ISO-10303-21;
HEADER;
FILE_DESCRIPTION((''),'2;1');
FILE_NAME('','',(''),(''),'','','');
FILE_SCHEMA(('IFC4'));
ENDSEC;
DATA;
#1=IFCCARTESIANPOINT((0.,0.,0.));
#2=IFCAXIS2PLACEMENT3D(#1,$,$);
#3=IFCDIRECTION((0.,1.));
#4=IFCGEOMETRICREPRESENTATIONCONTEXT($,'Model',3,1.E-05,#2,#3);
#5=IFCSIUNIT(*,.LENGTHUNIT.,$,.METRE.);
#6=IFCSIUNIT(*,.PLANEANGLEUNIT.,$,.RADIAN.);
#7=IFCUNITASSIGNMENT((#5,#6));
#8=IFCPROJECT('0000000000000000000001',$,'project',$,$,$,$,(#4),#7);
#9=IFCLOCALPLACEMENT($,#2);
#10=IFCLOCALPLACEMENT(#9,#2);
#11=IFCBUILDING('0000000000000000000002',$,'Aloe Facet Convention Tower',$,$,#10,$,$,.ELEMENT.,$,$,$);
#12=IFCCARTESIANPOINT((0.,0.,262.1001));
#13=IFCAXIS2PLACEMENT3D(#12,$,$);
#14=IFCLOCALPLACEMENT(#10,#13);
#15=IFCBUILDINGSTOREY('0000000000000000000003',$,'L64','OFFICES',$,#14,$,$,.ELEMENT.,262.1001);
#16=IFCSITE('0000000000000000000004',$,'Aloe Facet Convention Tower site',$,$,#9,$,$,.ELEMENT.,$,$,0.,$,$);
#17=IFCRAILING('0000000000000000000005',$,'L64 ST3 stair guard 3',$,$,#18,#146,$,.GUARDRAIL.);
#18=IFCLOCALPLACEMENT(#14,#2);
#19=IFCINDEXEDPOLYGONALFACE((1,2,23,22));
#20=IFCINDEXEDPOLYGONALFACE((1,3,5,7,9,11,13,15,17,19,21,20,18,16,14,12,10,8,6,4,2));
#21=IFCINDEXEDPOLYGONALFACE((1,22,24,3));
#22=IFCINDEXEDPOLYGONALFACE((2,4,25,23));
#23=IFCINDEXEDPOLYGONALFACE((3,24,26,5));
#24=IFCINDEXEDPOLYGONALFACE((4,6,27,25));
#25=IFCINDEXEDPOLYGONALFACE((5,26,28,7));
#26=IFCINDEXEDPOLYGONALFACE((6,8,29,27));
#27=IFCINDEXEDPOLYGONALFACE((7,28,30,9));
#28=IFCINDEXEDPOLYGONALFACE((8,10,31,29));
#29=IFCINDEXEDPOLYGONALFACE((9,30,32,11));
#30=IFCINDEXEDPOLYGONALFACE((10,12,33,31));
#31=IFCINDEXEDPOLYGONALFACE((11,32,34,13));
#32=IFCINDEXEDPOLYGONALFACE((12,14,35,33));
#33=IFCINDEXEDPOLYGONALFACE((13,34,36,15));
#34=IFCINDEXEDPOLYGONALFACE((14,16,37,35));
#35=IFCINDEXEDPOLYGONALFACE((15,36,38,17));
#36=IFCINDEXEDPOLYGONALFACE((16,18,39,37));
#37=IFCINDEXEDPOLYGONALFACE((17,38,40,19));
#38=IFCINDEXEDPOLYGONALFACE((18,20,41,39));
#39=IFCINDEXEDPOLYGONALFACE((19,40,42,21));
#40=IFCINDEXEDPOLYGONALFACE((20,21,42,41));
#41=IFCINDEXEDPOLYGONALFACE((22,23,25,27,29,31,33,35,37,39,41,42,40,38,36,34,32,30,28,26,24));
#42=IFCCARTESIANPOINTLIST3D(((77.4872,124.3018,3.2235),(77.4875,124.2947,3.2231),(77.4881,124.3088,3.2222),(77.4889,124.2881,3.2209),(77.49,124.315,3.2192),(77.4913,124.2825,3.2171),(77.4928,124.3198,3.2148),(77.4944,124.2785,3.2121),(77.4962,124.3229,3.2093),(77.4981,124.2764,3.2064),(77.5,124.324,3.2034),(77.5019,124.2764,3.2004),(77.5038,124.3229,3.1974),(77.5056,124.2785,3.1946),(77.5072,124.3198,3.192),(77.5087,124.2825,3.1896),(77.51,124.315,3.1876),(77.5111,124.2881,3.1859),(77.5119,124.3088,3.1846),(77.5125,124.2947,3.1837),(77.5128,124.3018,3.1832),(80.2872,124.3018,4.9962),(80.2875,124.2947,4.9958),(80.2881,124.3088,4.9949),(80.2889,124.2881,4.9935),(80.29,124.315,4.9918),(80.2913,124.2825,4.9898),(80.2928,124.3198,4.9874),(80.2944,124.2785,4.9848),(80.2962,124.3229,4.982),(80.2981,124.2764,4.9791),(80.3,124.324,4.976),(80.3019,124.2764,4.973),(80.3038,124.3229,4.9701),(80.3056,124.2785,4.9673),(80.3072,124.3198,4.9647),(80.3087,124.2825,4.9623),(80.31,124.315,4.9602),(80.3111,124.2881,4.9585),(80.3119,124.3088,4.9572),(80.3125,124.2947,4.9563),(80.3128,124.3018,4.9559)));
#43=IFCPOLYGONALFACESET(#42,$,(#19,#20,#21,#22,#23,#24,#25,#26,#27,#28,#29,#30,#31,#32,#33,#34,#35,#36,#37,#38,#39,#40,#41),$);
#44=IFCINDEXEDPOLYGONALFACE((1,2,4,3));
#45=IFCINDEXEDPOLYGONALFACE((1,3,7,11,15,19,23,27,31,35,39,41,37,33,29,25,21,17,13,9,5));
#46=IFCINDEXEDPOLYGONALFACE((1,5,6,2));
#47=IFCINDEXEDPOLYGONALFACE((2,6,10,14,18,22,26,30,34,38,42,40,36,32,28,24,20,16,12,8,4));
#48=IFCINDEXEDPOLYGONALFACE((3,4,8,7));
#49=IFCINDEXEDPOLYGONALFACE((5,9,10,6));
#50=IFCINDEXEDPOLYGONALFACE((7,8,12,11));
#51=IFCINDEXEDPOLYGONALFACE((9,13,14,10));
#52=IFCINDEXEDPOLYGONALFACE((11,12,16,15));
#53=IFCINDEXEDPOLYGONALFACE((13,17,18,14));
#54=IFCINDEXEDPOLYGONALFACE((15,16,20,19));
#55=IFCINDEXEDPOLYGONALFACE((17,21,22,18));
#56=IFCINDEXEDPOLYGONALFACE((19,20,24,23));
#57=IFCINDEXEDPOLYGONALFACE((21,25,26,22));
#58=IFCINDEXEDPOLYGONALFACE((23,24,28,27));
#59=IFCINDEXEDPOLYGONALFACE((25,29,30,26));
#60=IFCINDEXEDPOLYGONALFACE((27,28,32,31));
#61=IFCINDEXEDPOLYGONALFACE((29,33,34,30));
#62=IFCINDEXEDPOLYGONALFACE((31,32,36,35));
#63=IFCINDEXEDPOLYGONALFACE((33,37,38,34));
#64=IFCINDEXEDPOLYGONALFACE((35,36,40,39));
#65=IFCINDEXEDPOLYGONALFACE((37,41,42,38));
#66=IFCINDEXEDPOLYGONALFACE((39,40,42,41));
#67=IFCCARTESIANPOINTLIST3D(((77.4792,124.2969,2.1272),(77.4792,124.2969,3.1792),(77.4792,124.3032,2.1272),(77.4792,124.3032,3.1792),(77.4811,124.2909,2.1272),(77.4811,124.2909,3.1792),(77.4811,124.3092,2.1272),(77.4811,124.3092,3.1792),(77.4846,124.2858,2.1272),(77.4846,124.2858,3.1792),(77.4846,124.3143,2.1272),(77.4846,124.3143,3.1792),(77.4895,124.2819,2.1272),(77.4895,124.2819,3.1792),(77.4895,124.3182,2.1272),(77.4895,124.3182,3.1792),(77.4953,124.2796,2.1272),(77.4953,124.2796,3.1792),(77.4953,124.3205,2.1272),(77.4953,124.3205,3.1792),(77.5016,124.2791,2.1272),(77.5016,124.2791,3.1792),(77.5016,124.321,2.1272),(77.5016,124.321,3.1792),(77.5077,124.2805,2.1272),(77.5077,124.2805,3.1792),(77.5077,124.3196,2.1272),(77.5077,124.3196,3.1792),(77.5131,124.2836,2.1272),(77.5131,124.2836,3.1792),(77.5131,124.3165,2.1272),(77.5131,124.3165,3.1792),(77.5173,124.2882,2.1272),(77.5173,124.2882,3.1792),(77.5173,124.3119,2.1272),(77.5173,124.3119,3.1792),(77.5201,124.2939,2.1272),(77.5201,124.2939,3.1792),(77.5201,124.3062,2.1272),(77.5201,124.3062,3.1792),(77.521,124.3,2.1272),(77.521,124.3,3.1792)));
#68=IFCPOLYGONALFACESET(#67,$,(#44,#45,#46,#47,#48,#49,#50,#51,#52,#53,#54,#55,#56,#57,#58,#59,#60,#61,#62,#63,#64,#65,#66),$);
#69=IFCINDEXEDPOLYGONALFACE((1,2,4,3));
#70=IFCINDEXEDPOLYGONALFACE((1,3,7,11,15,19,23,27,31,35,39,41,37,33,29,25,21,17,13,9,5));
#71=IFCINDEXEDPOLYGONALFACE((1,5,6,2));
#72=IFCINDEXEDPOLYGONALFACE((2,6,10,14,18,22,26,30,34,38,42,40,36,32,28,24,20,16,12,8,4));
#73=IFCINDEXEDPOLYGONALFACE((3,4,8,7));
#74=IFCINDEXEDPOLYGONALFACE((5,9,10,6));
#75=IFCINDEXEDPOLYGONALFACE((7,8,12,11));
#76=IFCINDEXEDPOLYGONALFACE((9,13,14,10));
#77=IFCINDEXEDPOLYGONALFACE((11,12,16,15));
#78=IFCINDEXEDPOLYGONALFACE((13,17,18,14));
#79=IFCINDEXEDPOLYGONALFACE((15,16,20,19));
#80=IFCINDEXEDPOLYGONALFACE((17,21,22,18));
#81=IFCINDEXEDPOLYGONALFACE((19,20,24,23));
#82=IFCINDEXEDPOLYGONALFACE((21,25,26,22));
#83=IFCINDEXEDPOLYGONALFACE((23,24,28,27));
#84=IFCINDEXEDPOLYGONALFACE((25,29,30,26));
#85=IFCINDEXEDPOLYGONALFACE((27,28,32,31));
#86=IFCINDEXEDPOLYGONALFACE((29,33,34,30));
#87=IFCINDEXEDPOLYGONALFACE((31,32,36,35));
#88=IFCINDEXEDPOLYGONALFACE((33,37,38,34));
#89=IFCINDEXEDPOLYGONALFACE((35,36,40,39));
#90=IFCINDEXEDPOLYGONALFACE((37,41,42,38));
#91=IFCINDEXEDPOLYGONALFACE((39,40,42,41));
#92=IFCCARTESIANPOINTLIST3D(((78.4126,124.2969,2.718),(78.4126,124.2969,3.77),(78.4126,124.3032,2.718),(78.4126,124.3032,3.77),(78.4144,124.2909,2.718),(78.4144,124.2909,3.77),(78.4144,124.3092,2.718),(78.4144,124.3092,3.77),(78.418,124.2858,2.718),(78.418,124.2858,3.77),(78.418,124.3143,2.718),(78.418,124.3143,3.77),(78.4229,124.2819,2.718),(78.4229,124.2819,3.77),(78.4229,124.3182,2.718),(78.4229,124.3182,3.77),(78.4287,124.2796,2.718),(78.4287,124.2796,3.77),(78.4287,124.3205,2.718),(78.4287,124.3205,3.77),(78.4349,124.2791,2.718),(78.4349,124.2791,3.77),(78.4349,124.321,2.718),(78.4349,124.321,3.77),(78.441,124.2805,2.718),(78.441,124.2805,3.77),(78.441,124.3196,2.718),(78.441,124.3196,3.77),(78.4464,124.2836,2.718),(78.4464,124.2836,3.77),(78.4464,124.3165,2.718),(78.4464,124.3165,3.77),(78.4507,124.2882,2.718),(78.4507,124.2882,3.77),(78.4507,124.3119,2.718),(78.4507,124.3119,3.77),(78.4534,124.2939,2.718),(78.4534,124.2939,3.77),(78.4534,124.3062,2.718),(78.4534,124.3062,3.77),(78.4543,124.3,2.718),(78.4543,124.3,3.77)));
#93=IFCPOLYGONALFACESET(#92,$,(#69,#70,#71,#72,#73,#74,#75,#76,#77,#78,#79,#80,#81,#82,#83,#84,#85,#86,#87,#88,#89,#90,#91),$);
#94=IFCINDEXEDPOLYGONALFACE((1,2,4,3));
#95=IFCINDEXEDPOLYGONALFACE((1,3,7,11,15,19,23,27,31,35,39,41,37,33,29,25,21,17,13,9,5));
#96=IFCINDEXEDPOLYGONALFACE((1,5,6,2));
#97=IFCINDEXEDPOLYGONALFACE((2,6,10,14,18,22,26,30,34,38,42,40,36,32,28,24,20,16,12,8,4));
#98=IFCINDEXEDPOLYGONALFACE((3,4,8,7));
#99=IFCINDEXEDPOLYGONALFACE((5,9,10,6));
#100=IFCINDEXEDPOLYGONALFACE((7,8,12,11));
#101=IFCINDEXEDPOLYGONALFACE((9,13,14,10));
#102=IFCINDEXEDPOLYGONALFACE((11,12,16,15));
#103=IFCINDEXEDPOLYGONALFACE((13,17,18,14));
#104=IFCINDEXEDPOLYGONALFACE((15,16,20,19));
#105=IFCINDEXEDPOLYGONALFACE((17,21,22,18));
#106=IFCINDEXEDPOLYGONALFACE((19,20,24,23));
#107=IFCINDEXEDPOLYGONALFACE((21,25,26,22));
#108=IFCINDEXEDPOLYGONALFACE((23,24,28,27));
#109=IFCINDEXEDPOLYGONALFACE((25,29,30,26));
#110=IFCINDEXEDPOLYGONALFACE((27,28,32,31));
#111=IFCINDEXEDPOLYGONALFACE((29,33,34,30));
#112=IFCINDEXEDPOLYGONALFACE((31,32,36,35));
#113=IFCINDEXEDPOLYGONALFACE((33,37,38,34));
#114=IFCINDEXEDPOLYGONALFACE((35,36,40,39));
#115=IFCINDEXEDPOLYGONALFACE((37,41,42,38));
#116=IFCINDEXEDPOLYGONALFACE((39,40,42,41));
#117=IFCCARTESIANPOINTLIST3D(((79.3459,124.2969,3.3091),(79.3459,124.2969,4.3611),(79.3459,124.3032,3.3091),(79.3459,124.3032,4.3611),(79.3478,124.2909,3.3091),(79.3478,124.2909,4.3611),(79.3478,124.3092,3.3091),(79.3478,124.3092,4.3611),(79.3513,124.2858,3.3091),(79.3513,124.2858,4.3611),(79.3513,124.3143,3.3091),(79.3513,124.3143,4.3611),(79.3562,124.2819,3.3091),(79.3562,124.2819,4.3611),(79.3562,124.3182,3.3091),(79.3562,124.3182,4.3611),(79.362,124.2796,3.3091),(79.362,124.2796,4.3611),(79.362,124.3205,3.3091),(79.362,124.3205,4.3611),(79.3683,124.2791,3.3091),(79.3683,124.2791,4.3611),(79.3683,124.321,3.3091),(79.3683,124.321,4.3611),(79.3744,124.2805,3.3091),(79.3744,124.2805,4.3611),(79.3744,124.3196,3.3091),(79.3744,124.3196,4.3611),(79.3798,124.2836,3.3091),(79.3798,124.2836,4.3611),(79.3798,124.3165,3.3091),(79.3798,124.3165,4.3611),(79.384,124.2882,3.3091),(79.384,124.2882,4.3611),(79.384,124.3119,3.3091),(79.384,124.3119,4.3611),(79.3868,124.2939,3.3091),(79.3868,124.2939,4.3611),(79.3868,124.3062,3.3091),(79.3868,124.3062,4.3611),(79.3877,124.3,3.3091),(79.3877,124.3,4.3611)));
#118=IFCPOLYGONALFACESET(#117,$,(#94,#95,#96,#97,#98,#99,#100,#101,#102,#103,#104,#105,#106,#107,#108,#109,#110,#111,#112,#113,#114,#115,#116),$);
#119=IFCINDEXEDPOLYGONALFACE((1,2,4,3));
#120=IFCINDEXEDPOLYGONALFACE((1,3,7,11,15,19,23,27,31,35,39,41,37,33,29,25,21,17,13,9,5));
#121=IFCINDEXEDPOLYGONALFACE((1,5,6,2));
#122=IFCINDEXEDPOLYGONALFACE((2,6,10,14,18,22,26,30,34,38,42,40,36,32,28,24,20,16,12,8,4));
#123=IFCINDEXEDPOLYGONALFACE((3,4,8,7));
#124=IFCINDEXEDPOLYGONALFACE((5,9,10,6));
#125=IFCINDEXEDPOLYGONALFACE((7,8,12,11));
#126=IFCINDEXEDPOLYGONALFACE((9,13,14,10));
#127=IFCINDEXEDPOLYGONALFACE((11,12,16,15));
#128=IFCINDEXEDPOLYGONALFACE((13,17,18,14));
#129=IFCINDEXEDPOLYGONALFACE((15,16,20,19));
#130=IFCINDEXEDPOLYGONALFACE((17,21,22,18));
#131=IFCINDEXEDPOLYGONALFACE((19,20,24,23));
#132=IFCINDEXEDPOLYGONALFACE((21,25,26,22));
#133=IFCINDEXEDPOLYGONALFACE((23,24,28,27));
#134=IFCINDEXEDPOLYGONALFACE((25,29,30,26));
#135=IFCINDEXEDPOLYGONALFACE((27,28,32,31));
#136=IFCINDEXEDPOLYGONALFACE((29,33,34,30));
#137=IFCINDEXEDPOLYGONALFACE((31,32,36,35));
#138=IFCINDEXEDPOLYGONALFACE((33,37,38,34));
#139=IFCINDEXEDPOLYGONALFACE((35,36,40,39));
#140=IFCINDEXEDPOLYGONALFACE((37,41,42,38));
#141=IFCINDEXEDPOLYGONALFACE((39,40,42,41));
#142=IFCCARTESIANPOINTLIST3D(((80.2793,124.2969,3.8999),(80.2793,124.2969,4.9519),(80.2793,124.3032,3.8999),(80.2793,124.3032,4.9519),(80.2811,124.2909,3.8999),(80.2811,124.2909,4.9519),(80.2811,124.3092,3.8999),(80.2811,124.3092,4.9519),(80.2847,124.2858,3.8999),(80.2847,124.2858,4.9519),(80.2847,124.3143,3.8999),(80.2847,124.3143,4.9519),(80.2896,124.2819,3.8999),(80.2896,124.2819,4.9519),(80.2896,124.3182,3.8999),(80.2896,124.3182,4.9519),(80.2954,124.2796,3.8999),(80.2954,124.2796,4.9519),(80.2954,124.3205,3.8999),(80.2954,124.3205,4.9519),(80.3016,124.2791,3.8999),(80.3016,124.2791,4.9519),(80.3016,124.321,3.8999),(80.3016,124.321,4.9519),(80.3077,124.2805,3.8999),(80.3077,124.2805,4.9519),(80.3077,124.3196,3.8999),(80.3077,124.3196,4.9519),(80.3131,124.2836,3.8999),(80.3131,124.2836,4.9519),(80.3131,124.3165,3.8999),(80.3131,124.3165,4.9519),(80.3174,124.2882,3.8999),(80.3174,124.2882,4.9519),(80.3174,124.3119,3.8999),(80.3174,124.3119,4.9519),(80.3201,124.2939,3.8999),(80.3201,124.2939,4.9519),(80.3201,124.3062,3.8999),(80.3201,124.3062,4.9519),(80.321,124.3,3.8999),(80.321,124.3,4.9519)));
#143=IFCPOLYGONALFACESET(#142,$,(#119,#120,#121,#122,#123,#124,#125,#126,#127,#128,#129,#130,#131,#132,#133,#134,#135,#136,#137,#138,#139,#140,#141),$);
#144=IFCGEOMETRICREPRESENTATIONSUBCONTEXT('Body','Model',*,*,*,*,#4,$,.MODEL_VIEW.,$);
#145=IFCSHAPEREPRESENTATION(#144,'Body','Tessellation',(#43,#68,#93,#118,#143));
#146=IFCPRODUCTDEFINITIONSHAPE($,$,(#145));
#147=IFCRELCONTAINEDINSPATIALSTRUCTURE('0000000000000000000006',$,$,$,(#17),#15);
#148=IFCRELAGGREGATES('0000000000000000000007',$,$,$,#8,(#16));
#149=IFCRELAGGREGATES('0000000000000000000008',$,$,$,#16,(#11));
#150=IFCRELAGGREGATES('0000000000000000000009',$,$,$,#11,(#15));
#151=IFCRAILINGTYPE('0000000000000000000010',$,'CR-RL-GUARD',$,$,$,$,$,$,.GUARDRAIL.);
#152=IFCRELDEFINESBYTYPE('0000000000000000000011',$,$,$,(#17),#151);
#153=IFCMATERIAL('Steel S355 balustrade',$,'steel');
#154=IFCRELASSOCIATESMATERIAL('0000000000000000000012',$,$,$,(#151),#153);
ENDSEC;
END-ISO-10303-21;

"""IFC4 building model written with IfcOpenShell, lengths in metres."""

from ifc_helpers import new_model, si_unit, direction, frame, origin, origin_2d, place, context, subcontext, project, spatial, circle, extrude, material, type_object, element, save


model = new_model("IFC4")

# Units and contexts
model_context = context("Model", 3, precision=1e-05, world=origin(), true_north=direction((0.0, 1.0)))
body_context = subcontext(model_context, "Body", "Model", "MODEL_VIEW")
ifc_project = project(units=[si_unit("LENGTHUNIT", "METRE"), si_unit("PLANEANGLEUNIT", "RADIAN")], contexts=[model_context])

# Site, building, storey
site_placement = place(None, origin())
site = spatial("IfcSite", under=ifc_project, at=site_placement, Name="Aloe Facet Convention Tower site", CompositionType="ELEMENT", RefElevation=0.0)
building_placement = place(site_placement, origin())
building = spatial("IfcBuilding", under=site, at=building_placement, Name="Aloe Facet Convention Tower", CompositionType="ELEMENT")
storey_placement = place(building_placement, frame((0.0, 0.0, 262.1001)))
storey = spatial("IfcBuildingStorey", under=building, at=storey_placement, Name="L64", Description="OFFICES", CompositionType="ELEMENT", Elevation=262.1001)

# Railing
ifc_material_1 = material(Name="Steel S355 balustrade", Category="steel")
railing_type_1 = type_object("IfcRailingType", Name="CR-RL-GUARD", PredefinedType="GUARDRAIL", material=ifc_material_1)
railing_1_placement = place(storey_placement, frame((77.5, 124.3, 2.1272)))
element("IfcRailing", 1, at=railing_1_placement, inside=storey, type_object=railing_type_1, Name="L64 ST3 stair guard 3", PredefinedType="GUARDRAIL", context=body_context, shape_type="SweptSolid", body=[
    extrude(circle(Radius=0.0239, at=origin_2d()), frame((0.0, 0.0, 1.0762), z_axis=(0.844909, 0.0, 0.53491), x_axis=(0.0, 1.0, 0.0)), (0.0, 0.0, 1.0), 3.314),
    extrude(circle(Radius=0.021, at=origin_2d()), origin(), (0.0, 0.0, 1.0), 1.052),
    extrude(circle(Radius=0.021, at=origin_2d()), frame((0.9333, 0.0, 0.5908)), (0.0, 0.0, 1.0), 1.052),
    extrude(circle(Radius=0.021, at=origin_2d()), frame((1.8667, 0.0, 1.1819)), (0.0, 0.0, 1.0), 1.052),
    extrude(circle(Radius=0.021, at=origin_2d()), frame((2.8, 0.0, 1.7727)), (0.0, 0.0, 1.0), 1.052),
])

save(model, "model.ifc")
